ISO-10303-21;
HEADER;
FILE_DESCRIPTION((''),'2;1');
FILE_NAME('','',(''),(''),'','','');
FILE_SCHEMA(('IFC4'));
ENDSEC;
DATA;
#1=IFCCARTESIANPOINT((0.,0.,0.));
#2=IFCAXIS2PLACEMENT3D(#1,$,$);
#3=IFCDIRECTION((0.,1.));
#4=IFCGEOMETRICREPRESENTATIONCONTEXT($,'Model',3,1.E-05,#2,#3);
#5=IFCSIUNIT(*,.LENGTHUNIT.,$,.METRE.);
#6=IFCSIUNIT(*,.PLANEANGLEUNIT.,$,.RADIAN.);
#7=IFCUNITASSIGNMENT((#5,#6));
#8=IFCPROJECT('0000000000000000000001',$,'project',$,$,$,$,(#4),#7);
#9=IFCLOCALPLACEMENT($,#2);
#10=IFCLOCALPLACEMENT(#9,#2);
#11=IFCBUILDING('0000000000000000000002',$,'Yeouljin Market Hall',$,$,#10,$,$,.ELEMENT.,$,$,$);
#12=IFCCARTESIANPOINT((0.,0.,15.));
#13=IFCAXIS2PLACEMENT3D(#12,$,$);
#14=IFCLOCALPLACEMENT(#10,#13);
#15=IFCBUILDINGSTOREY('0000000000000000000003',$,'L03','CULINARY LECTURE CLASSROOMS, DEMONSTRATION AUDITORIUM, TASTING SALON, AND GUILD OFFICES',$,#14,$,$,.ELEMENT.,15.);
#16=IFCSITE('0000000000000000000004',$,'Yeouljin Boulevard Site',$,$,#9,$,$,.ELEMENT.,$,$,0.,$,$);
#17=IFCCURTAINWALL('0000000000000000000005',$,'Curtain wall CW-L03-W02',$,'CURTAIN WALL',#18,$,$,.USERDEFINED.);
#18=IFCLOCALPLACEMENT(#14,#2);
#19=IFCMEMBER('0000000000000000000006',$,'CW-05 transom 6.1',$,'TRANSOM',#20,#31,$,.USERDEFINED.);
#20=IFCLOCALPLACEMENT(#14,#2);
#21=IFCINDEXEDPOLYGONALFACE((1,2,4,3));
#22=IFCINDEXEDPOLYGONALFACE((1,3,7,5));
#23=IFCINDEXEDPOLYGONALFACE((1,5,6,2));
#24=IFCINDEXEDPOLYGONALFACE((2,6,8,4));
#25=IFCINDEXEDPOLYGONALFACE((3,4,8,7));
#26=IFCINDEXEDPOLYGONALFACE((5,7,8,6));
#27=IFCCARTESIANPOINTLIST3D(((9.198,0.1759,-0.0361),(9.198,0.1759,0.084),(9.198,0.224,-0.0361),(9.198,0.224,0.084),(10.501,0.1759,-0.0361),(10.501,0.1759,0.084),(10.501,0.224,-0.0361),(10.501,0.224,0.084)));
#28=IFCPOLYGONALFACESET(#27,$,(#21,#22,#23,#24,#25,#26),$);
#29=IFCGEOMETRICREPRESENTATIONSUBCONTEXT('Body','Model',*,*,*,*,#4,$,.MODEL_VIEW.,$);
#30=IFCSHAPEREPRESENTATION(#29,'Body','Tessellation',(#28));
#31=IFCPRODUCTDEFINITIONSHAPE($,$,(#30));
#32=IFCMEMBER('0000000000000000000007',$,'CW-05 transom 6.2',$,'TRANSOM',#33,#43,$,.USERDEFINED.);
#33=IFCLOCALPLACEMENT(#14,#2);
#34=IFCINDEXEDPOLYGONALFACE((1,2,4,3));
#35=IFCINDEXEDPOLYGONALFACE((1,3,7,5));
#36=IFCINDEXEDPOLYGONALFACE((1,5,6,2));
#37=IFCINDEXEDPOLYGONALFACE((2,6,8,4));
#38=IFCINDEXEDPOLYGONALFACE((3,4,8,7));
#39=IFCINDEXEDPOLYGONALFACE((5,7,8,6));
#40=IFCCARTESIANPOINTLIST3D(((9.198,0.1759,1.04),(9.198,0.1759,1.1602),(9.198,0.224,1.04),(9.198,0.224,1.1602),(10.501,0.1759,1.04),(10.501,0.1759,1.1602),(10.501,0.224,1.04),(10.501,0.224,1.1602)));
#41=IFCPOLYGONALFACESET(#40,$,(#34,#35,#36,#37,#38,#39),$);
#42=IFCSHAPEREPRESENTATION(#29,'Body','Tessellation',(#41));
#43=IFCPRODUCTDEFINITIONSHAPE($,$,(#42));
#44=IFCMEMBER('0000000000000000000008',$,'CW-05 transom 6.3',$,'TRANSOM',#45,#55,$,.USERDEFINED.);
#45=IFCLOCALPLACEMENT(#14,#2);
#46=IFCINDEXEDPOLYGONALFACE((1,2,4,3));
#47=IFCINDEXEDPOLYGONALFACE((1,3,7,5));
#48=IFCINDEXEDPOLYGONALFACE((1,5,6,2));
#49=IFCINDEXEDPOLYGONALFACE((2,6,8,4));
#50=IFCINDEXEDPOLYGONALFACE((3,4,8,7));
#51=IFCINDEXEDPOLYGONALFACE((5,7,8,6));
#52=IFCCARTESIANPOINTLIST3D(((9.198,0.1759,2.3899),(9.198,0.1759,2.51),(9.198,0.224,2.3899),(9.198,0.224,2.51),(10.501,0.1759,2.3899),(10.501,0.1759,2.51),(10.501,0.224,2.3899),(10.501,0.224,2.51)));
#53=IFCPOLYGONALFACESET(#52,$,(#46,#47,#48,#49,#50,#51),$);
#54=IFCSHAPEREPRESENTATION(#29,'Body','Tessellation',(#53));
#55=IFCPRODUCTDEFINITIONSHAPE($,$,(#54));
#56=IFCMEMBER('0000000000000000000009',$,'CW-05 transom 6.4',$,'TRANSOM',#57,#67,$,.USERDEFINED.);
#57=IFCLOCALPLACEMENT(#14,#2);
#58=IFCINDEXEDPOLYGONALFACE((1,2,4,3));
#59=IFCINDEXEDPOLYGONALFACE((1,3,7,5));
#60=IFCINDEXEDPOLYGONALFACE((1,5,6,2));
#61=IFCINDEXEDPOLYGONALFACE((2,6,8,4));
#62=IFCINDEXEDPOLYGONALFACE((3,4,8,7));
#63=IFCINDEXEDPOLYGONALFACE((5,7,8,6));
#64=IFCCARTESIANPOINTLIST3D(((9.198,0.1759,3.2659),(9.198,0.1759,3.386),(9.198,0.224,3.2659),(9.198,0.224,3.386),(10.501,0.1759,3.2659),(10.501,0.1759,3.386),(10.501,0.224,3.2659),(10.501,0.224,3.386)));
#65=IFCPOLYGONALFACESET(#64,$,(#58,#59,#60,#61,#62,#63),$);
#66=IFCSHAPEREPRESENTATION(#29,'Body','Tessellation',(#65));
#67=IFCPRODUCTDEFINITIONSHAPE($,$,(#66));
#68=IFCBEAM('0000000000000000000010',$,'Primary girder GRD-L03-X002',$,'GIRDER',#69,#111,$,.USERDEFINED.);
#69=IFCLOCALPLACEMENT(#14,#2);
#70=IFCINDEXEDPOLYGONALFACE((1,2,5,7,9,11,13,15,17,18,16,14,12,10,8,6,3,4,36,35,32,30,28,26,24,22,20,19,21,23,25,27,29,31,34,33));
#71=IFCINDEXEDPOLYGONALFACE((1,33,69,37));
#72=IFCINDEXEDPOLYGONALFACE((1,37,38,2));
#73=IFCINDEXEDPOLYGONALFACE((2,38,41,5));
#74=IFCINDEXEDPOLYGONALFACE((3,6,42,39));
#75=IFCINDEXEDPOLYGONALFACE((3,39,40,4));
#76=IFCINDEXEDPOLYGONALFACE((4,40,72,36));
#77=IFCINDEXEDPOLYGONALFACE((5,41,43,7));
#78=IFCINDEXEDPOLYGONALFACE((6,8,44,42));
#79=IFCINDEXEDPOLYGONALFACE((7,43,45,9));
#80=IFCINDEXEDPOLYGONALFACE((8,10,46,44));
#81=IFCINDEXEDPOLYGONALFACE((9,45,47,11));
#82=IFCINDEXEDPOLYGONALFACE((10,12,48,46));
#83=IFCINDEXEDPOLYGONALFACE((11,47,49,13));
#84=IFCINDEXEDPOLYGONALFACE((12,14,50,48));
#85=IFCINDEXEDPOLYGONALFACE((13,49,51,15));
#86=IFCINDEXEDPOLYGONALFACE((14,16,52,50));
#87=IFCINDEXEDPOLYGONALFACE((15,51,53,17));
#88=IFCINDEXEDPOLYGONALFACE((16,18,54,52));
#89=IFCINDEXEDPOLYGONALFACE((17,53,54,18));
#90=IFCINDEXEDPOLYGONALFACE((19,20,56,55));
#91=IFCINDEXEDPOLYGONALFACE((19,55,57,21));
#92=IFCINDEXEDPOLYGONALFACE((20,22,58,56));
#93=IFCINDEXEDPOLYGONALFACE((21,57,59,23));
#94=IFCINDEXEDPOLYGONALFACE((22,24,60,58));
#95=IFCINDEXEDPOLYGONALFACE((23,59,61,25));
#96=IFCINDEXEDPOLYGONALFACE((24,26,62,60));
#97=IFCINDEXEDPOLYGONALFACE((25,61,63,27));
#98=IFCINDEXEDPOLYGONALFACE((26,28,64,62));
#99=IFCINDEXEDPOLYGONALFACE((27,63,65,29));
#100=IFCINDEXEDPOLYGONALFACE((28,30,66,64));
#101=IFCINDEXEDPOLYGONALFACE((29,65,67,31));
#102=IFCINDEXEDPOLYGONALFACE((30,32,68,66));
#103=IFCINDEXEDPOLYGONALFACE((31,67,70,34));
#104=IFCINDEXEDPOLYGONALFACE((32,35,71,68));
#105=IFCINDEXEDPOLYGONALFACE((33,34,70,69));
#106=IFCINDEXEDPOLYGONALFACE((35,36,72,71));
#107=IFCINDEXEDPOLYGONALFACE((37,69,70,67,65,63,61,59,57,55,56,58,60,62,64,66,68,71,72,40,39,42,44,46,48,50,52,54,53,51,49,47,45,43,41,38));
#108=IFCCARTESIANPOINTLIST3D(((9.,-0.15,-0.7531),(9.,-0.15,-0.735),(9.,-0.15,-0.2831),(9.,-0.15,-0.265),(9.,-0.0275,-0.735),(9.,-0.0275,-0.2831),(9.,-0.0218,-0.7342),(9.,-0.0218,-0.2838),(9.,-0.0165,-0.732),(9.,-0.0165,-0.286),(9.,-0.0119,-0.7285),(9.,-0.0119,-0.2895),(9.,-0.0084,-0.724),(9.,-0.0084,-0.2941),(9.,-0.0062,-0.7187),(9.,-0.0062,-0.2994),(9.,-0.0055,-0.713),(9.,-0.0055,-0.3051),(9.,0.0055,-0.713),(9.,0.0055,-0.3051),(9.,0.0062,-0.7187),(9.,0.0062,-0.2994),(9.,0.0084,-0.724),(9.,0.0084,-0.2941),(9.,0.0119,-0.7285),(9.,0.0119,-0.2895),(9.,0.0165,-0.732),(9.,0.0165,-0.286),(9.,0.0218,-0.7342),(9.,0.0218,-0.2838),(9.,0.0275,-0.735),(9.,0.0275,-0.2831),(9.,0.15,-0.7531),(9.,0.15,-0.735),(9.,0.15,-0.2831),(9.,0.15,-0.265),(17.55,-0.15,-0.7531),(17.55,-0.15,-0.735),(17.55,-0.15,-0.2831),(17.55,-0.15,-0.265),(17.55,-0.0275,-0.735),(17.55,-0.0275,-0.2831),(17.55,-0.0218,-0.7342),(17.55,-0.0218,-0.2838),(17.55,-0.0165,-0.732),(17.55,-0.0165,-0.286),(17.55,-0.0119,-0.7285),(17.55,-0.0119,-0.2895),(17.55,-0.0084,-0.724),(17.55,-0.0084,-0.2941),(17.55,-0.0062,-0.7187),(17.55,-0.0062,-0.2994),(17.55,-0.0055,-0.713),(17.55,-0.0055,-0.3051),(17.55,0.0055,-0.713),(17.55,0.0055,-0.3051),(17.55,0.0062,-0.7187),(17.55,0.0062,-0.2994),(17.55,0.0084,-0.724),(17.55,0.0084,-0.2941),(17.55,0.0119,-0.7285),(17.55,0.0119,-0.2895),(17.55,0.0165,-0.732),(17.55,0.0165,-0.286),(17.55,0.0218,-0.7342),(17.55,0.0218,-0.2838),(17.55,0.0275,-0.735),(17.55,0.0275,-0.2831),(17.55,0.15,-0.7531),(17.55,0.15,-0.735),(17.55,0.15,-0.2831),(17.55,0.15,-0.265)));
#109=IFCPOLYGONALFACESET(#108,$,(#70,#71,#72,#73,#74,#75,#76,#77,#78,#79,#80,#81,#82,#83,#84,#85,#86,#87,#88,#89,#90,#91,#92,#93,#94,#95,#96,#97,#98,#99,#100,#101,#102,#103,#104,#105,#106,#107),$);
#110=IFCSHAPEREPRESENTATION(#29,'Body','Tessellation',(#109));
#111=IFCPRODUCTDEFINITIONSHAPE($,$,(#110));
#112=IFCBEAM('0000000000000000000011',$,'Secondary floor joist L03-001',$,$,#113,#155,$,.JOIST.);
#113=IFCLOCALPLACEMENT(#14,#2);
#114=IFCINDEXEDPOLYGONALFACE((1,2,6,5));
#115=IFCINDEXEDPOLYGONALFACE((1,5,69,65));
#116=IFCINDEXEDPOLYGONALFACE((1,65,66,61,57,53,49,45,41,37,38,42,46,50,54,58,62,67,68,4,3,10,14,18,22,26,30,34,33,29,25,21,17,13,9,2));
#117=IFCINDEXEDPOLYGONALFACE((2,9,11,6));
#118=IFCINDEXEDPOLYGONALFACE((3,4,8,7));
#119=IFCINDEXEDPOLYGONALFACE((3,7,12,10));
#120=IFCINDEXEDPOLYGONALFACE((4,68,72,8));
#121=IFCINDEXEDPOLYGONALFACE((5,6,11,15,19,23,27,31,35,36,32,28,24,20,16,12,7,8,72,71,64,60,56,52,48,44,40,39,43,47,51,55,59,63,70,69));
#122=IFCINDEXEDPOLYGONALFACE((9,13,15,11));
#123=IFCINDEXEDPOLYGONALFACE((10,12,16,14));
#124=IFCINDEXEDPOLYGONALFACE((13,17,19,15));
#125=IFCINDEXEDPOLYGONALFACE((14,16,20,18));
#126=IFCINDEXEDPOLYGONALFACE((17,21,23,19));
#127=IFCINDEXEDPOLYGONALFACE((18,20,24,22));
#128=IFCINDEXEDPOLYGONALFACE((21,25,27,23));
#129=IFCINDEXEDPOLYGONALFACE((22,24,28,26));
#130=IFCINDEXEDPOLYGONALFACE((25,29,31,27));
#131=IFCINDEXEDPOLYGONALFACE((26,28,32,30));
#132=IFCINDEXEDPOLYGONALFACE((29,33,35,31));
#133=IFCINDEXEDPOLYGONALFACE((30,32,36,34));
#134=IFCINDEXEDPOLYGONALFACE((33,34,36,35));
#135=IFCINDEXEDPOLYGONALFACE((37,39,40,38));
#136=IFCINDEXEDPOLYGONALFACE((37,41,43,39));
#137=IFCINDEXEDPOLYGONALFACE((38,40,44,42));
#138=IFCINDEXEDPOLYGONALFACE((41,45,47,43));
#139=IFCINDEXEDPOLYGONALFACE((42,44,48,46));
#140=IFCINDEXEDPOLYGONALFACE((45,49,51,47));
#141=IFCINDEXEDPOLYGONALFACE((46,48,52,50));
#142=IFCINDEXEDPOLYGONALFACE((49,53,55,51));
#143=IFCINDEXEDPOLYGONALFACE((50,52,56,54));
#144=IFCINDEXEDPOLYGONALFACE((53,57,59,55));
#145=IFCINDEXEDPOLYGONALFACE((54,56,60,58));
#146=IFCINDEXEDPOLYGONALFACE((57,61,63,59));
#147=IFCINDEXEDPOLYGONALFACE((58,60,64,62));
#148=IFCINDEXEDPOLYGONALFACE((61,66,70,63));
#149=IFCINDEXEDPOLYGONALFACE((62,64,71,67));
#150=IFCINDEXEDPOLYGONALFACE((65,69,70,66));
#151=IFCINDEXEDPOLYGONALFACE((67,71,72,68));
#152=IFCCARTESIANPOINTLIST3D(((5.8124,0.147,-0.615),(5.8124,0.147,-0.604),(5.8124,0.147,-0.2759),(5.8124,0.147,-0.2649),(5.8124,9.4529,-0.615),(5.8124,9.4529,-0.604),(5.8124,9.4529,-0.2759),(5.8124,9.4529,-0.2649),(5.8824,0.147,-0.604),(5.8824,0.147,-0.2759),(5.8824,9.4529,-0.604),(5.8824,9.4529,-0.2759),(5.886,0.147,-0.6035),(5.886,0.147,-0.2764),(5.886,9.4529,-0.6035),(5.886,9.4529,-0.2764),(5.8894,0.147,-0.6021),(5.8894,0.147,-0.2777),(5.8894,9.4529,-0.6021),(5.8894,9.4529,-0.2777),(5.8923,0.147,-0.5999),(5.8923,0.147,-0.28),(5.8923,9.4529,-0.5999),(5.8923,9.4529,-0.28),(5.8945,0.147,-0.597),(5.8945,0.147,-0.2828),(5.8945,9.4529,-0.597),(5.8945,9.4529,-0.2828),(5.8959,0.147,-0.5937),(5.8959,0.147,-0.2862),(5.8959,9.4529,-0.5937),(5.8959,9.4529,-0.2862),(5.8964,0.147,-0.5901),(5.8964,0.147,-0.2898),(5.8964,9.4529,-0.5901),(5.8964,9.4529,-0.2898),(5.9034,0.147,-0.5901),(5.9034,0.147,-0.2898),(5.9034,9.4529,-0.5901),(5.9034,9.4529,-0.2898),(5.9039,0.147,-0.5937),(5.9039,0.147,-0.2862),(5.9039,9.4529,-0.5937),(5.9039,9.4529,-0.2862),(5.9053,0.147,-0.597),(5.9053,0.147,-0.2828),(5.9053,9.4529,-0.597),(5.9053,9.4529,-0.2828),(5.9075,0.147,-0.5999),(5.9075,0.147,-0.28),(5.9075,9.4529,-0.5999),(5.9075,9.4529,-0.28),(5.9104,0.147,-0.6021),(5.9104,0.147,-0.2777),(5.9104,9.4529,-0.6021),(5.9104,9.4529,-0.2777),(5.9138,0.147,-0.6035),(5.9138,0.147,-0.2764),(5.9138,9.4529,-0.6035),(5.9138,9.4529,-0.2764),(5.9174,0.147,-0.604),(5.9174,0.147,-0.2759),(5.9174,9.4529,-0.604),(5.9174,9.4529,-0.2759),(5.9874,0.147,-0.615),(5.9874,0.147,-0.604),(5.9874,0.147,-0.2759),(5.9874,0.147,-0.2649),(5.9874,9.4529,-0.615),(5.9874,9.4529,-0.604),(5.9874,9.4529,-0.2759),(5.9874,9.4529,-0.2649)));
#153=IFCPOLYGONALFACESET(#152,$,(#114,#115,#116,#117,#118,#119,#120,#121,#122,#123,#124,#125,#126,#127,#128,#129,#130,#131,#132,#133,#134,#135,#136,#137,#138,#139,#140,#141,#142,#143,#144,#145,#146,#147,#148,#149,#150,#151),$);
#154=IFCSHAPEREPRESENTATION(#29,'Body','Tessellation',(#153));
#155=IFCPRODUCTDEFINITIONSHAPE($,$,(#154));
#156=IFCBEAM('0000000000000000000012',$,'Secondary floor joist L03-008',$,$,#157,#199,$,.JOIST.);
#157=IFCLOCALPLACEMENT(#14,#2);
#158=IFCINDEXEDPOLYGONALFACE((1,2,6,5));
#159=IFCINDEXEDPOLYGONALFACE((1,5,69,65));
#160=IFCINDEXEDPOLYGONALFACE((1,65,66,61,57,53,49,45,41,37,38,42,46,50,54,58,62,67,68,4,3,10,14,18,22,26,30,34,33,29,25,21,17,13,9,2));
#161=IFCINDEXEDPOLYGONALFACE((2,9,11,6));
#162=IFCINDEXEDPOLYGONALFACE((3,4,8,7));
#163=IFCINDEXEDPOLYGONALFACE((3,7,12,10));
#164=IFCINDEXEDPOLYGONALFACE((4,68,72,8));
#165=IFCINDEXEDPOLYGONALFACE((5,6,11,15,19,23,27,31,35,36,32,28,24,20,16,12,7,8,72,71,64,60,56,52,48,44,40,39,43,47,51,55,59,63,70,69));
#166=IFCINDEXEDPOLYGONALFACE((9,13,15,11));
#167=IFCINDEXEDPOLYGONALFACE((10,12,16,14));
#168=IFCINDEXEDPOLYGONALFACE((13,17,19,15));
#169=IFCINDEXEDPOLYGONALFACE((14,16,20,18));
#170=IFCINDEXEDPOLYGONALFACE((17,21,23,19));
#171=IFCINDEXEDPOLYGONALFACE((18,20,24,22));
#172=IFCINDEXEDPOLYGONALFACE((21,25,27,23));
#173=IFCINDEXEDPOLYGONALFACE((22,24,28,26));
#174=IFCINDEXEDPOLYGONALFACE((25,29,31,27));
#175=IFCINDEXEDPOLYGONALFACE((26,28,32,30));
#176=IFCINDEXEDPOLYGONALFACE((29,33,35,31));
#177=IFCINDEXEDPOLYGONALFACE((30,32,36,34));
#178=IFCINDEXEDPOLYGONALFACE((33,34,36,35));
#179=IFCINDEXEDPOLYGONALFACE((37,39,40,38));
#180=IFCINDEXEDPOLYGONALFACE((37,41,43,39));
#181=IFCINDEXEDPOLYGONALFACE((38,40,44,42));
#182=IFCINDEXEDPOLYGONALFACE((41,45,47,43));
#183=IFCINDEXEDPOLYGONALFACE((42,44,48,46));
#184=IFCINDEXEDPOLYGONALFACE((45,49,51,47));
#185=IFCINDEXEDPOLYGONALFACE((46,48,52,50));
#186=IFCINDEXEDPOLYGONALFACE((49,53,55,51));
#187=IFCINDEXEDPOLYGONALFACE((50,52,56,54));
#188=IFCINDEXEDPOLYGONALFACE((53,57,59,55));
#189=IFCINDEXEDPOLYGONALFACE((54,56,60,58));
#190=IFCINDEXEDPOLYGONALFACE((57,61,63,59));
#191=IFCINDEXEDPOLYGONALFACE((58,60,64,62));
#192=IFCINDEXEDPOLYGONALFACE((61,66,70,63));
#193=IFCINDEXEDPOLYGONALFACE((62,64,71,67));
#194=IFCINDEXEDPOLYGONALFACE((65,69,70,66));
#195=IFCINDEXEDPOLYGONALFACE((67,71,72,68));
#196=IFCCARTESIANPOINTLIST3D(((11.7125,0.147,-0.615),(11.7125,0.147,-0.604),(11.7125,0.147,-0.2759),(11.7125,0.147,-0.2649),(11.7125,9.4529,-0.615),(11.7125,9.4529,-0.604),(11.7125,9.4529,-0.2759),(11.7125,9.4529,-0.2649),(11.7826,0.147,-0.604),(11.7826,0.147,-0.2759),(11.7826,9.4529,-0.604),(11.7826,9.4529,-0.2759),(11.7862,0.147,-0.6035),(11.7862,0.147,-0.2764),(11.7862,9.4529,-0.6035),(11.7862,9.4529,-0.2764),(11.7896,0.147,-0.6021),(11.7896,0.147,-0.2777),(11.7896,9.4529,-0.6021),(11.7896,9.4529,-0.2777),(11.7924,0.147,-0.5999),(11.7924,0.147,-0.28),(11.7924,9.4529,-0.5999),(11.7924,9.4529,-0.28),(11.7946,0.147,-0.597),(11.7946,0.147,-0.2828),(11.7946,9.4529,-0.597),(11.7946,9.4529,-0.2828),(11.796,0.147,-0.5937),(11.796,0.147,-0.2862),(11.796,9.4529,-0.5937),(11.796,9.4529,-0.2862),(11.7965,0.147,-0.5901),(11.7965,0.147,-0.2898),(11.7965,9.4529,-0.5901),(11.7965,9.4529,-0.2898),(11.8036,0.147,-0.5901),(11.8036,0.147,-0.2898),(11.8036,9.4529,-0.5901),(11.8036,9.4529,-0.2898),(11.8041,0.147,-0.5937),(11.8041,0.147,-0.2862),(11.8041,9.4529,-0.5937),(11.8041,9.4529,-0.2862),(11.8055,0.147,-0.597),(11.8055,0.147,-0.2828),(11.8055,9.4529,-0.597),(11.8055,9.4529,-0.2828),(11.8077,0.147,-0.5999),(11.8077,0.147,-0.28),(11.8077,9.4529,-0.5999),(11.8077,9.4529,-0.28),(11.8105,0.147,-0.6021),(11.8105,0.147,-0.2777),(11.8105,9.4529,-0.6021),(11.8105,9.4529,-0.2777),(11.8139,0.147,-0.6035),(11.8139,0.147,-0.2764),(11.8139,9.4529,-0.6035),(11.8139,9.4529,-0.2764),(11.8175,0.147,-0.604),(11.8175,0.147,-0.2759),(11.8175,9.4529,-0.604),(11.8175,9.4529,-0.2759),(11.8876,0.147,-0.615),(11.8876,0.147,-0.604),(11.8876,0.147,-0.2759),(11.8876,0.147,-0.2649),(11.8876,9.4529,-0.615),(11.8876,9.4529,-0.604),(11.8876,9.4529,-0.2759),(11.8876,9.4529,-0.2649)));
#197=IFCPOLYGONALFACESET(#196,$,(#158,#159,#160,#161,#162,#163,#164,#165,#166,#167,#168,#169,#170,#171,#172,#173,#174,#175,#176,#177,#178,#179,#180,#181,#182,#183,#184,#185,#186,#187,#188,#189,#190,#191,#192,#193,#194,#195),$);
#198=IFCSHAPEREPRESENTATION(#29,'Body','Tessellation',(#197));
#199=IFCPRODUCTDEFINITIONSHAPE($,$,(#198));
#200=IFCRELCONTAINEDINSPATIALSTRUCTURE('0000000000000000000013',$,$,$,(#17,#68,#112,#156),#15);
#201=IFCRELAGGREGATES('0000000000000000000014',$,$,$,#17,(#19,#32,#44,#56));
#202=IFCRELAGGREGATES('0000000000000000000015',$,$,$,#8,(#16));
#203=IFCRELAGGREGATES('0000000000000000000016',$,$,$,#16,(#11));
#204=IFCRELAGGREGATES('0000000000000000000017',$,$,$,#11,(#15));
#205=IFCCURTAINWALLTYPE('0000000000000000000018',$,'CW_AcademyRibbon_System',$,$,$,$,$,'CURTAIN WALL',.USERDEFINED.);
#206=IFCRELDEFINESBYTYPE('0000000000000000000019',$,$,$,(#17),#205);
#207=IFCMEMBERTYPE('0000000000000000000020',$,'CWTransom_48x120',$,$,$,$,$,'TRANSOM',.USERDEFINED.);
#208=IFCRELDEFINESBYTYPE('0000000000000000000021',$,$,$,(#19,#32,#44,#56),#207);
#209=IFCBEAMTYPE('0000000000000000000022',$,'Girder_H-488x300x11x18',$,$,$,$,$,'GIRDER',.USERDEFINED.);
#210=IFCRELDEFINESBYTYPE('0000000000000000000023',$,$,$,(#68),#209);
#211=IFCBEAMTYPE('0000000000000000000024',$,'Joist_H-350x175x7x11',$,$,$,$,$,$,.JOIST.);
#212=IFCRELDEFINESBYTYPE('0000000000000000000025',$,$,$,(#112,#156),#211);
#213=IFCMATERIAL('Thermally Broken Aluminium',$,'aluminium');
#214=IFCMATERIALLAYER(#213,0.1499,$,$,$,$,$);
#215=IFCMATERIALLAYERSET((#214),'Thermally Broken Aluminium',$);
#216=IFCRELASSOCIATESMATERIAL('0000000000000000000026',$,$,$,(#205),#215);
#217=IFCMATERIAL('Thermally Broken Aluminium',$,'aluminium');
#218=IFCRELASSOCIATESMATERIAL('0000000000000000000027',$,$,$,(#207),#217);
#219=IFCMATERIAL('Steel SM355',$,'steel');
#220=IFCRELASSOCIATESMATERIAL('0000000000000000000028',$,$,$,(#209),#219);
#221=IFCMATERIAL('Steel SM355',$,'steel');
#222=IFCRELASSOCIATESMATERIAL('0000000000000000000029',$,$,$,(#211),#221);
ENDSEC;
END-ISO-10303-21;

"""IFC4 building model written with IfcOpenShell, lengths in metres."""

from ifc_helpers import new_model, si_unit, direction, frame, origin, origin_2d, place, context, subcontext, project, spatial, rectangle, i_section, extrude, material, layer, layer_set, material_profile, profile_set, type_object, element, aggregate, save


model = new_model("IFC4")

# Units and contexts
model_context = context("Model", 3, precision=1e-05, world=origin(), true_north=direction((0.0, 1.0)))
body_context = subcontext(model_context, "Body", "Model", "MODEL_VIEW")
ifc_project = project(units=[si_unit("LENGTHUNIT", "METRE"), si_unit("PLANEANGLEUNIT", "RADIAN")], contexts=[model_context])

# Site, building, storey
site_placement = place(None, origin())
site = spatial("IfcSite", under=ifc_project, at=site_placement, Name="Yeouljin Boulevard Site", CompositionType="ELEMENT", RefElevation=0.0)
building_placement = place(site_placement, origin())
building = spatial("IfcBuilding", under=site, at=building_placement, Name="Yeouljin Market Hall", CompositionType="ELEMENT")
storey_placement = place(building_placement, frame((0.0, 0.0, 15.0)))
storey = spatial("IfcBuildingStorey", under=building, at=storey_placement, Name="L03", Description="CULINARY LECTURE CLASSROOMS, DEMONSTRATION AUDITORIUM, TASTING SALON, AND GUILD OFFICES", CompositionType="ELEMENT", Elevation=15.0)

# Curtain wall, members
ifc_material_1 = material(Name="Thermally Broken Aluminium", Category="aluminium")
ifc_layer_1 = layer(ifc_material_1, 0.1499)
ifc_layer_set_1 = layer_set([ifc_layer_1], Name="Thermally Broken Aluminium")
curtain_wall_type = type_object("IfcCurtainWallType", Name="CW_AcademyRibbon_System", ElementType="CURTAIN WALL", PredefinedType="USERDEFINED", material=ifc_layer_set_1)
curtain_wall_placement = place(storey_placement, origin())
curtain_wall = element("IfcCurtainWall", 1, at=curtain_wall_placement, inside=storey, type_object=curtain_wall_type, Name="Curtain wall CW-L03-W02", ObjectType="CURTAIN WALL", PredefinedType="USERDEFINED")
ifc_material_2 = material(Name="Thermally Broken Aluminium", Category="aluminium")
ifc_material_profile_1 = material_profile(ifc_material_2, rectangle(XDim=0.0481, YDim=0.1201, at=origin_2d()), Name="CW-TRAN-48x120")
ifc_profile_set_1 = profile_set([ifc_material_profile_1], Name="Thermally Broken Aluminium")
member_type_1 = type_object("IfcMemberType", Name="CWTransom_48x120", ElementType="TRANSOM", PredefinedType="USERDEFINED", material=ifc_profile_set_1)
member_1_placement = place(storey_placement, frame((10.501, 0.2, 0.0239), z_axis=(-1.0, 0.0, 0.0), x_axis=(0.0, -1.0, 0.0)))
member_1 = element("IfcMember", 2, at=member_1_placement, type_object=member_type_1, Name="CW-05 transom 6.1", ObjectType="TRANSOM", PredefinedType="USERDEFINED", context=body_context, shape_type="SweptSolid", body=[
    extrude(rectangle(XDim=0.0481, YDim=0.1201, at=origin_2d()), origin(), (0.0, 0.0, 1.0), 1.303),
])
member_2_placement = place(storey_placement, frame((10.501, 0.2, 1.1001), z_axis=(-1.0, 0.0, 0.0), x_axis=(0.0, -1.0, 0.0)))
member_2 = element("IfcMember", 3, at=member_2_placement, type_object=member_type_1, Name="CW-05 transom 6.2", ObjectType="TRANSOM", PredefinedType="USERDEFINED", context=body_context, shape_type="SweptSolid", body=[
    extrude(rectangle(XDim=0.0481, YDim=0.1201, at=origin_2d()), origin(), (0.0, 0.0, 1.0), 1.303),
])
member_3_placement = place(storey_placement, frame((10.501, 0.2, 2.45), z_axis=(-1.0, 0.0, 0.0), x_axis=(0.0, -1.0, 0.0)))
member_3 = element("IfcMember", 4, at=member_3_placement, type_object=member_type_1, Name="CW-05 transom 6.3", ObjectType="TRANSOM", PredefinedType="USERDEFINED", context=body_context, shape_type="SweptSolid", body=[
    extrude(rectangle(XDim=0.0481, YDim=0.1201, at=origin_2d()), origin(), (0.0, 0.0, 1.0), 1.303),
])
member_4_placement = place(storey_placement, frame((10.501, 0.2, 3.3259), z_axis=(-1.0, 0.0, 0.0), x_axis=(0.0, -1.0, 0.0)))
member_4 = element("IfcMember", 5, at=member_4_placement, type_object=member_type_1, Name="CW-05 transom 6.4", ObjectType="TRANSOM", PredefinedType="USERDEFINED", context=body_context, shape_type="SweptSolid", body=[
    extrude(rectangle(XDim=0.0481, YDim=0.1201, at=origin_2d()), origin(), (0.0, 0.0, 1.0), 1.303),
])

# Beams
ifc_material_3 = material(Name="Steel SM355", Category="steel")
ifc_material_profile_2 = material_profile(ifc_material_3, i_section(OverallWidth=0.3, OverallDepth=0.488, WebThickness=0.011, FlangeThickness=0.0181, FilletRadius=0.022, at=origin_2d()), Name="H-488x300x11x18")
ifc_profile_set_2 = profile_set([ifc_material_profile_2], Name="Steel SM355")
beam_type_1 = type_object("IfcBeamType", Name="Girder_H-488x300x11x18", ElementType="GIRDER", PredefinedType="USERDEFINED", material=ifc_profile_set_2)
beam_1_placement = place(storey_placement, frame((9.0, 0.0, -0.509), z_axis=(1.0, 0.0, 0.0), x_axis=(0.0, 1.0, 0.0)))
element("IfcBeam", 6, at=beam_1_placement, inside=storey, type_object=beam_type_1, Name="Primary girder GRD-L03-X002", ObjectType="GIRDER", PredefinedType="USERDEFINED", context=body_context, shape_type="SweptSolid", body=[
    extrude(i_section(OverallWidth=0.3, OverallDepth=0.488, WebThickness=0.011, FlangeThickness=0.0181, FilletRadius=0.022, at=origin_2d()), origin(), (0.0, 0.0, 1.0), 8.55),
])
ifc_material_4 = material(Name="Steel SM355", Category="steel")
ifc_material_profile_3 = material_profile(ifc_material_4, i_section(OverallWidth=0.175, OverallDepth=0.3501, WebThickness=0.0071, FlangeThickness=0.011, FilletRadius=0.0139, at=origin_2d()), Name="H-350x175x7x11")
ifc_profile_set_3 = profile_set([ifc_material_profile_3], Name="Steel SM355")
beam_type_2 = type_object("IfcBeamType", Name="Joist_H-350x175x7x11", PredefinedType="JOIST", material=ifc_profile_set_3)
for number, where, z_axis, x_axis, name in (
    (7, (5.8999, 0.147, -0.4399), (0.0, 1.0, 0.0), (-1.0, 0.0, 0.0), "Secondary floor joist L03-001"),
    (8, (11.8, 0.147, -0.4399), (0.0, 1.0, 0.0), (-1.0, 0.0, 0.0), "Secondary floor joist L03-008"),
):
    element("IfcBeam", number, at=place(storey_placement, frame(where, z_axis=z_axis, x_axis=x_axis)), inside=storey, type_object=beam_type_2, Name=name, PredefinedType="JOIST", context=body_context, shape_type="SweptSolid", body=[
        extrude(i_section(OverallWidth=0.175, OverallDepth=0.3501, WebThickness=0.0071, FlangeThickness=0.011, FilletRadius=0.0139, at=origin_2d()), origin(), (0.0, 0.0, 1.0), 9.3059),
    ])

aggregate(curtain_wall, [member_1, member_2, member_3, member_4])

save(model, "model.ifc")
